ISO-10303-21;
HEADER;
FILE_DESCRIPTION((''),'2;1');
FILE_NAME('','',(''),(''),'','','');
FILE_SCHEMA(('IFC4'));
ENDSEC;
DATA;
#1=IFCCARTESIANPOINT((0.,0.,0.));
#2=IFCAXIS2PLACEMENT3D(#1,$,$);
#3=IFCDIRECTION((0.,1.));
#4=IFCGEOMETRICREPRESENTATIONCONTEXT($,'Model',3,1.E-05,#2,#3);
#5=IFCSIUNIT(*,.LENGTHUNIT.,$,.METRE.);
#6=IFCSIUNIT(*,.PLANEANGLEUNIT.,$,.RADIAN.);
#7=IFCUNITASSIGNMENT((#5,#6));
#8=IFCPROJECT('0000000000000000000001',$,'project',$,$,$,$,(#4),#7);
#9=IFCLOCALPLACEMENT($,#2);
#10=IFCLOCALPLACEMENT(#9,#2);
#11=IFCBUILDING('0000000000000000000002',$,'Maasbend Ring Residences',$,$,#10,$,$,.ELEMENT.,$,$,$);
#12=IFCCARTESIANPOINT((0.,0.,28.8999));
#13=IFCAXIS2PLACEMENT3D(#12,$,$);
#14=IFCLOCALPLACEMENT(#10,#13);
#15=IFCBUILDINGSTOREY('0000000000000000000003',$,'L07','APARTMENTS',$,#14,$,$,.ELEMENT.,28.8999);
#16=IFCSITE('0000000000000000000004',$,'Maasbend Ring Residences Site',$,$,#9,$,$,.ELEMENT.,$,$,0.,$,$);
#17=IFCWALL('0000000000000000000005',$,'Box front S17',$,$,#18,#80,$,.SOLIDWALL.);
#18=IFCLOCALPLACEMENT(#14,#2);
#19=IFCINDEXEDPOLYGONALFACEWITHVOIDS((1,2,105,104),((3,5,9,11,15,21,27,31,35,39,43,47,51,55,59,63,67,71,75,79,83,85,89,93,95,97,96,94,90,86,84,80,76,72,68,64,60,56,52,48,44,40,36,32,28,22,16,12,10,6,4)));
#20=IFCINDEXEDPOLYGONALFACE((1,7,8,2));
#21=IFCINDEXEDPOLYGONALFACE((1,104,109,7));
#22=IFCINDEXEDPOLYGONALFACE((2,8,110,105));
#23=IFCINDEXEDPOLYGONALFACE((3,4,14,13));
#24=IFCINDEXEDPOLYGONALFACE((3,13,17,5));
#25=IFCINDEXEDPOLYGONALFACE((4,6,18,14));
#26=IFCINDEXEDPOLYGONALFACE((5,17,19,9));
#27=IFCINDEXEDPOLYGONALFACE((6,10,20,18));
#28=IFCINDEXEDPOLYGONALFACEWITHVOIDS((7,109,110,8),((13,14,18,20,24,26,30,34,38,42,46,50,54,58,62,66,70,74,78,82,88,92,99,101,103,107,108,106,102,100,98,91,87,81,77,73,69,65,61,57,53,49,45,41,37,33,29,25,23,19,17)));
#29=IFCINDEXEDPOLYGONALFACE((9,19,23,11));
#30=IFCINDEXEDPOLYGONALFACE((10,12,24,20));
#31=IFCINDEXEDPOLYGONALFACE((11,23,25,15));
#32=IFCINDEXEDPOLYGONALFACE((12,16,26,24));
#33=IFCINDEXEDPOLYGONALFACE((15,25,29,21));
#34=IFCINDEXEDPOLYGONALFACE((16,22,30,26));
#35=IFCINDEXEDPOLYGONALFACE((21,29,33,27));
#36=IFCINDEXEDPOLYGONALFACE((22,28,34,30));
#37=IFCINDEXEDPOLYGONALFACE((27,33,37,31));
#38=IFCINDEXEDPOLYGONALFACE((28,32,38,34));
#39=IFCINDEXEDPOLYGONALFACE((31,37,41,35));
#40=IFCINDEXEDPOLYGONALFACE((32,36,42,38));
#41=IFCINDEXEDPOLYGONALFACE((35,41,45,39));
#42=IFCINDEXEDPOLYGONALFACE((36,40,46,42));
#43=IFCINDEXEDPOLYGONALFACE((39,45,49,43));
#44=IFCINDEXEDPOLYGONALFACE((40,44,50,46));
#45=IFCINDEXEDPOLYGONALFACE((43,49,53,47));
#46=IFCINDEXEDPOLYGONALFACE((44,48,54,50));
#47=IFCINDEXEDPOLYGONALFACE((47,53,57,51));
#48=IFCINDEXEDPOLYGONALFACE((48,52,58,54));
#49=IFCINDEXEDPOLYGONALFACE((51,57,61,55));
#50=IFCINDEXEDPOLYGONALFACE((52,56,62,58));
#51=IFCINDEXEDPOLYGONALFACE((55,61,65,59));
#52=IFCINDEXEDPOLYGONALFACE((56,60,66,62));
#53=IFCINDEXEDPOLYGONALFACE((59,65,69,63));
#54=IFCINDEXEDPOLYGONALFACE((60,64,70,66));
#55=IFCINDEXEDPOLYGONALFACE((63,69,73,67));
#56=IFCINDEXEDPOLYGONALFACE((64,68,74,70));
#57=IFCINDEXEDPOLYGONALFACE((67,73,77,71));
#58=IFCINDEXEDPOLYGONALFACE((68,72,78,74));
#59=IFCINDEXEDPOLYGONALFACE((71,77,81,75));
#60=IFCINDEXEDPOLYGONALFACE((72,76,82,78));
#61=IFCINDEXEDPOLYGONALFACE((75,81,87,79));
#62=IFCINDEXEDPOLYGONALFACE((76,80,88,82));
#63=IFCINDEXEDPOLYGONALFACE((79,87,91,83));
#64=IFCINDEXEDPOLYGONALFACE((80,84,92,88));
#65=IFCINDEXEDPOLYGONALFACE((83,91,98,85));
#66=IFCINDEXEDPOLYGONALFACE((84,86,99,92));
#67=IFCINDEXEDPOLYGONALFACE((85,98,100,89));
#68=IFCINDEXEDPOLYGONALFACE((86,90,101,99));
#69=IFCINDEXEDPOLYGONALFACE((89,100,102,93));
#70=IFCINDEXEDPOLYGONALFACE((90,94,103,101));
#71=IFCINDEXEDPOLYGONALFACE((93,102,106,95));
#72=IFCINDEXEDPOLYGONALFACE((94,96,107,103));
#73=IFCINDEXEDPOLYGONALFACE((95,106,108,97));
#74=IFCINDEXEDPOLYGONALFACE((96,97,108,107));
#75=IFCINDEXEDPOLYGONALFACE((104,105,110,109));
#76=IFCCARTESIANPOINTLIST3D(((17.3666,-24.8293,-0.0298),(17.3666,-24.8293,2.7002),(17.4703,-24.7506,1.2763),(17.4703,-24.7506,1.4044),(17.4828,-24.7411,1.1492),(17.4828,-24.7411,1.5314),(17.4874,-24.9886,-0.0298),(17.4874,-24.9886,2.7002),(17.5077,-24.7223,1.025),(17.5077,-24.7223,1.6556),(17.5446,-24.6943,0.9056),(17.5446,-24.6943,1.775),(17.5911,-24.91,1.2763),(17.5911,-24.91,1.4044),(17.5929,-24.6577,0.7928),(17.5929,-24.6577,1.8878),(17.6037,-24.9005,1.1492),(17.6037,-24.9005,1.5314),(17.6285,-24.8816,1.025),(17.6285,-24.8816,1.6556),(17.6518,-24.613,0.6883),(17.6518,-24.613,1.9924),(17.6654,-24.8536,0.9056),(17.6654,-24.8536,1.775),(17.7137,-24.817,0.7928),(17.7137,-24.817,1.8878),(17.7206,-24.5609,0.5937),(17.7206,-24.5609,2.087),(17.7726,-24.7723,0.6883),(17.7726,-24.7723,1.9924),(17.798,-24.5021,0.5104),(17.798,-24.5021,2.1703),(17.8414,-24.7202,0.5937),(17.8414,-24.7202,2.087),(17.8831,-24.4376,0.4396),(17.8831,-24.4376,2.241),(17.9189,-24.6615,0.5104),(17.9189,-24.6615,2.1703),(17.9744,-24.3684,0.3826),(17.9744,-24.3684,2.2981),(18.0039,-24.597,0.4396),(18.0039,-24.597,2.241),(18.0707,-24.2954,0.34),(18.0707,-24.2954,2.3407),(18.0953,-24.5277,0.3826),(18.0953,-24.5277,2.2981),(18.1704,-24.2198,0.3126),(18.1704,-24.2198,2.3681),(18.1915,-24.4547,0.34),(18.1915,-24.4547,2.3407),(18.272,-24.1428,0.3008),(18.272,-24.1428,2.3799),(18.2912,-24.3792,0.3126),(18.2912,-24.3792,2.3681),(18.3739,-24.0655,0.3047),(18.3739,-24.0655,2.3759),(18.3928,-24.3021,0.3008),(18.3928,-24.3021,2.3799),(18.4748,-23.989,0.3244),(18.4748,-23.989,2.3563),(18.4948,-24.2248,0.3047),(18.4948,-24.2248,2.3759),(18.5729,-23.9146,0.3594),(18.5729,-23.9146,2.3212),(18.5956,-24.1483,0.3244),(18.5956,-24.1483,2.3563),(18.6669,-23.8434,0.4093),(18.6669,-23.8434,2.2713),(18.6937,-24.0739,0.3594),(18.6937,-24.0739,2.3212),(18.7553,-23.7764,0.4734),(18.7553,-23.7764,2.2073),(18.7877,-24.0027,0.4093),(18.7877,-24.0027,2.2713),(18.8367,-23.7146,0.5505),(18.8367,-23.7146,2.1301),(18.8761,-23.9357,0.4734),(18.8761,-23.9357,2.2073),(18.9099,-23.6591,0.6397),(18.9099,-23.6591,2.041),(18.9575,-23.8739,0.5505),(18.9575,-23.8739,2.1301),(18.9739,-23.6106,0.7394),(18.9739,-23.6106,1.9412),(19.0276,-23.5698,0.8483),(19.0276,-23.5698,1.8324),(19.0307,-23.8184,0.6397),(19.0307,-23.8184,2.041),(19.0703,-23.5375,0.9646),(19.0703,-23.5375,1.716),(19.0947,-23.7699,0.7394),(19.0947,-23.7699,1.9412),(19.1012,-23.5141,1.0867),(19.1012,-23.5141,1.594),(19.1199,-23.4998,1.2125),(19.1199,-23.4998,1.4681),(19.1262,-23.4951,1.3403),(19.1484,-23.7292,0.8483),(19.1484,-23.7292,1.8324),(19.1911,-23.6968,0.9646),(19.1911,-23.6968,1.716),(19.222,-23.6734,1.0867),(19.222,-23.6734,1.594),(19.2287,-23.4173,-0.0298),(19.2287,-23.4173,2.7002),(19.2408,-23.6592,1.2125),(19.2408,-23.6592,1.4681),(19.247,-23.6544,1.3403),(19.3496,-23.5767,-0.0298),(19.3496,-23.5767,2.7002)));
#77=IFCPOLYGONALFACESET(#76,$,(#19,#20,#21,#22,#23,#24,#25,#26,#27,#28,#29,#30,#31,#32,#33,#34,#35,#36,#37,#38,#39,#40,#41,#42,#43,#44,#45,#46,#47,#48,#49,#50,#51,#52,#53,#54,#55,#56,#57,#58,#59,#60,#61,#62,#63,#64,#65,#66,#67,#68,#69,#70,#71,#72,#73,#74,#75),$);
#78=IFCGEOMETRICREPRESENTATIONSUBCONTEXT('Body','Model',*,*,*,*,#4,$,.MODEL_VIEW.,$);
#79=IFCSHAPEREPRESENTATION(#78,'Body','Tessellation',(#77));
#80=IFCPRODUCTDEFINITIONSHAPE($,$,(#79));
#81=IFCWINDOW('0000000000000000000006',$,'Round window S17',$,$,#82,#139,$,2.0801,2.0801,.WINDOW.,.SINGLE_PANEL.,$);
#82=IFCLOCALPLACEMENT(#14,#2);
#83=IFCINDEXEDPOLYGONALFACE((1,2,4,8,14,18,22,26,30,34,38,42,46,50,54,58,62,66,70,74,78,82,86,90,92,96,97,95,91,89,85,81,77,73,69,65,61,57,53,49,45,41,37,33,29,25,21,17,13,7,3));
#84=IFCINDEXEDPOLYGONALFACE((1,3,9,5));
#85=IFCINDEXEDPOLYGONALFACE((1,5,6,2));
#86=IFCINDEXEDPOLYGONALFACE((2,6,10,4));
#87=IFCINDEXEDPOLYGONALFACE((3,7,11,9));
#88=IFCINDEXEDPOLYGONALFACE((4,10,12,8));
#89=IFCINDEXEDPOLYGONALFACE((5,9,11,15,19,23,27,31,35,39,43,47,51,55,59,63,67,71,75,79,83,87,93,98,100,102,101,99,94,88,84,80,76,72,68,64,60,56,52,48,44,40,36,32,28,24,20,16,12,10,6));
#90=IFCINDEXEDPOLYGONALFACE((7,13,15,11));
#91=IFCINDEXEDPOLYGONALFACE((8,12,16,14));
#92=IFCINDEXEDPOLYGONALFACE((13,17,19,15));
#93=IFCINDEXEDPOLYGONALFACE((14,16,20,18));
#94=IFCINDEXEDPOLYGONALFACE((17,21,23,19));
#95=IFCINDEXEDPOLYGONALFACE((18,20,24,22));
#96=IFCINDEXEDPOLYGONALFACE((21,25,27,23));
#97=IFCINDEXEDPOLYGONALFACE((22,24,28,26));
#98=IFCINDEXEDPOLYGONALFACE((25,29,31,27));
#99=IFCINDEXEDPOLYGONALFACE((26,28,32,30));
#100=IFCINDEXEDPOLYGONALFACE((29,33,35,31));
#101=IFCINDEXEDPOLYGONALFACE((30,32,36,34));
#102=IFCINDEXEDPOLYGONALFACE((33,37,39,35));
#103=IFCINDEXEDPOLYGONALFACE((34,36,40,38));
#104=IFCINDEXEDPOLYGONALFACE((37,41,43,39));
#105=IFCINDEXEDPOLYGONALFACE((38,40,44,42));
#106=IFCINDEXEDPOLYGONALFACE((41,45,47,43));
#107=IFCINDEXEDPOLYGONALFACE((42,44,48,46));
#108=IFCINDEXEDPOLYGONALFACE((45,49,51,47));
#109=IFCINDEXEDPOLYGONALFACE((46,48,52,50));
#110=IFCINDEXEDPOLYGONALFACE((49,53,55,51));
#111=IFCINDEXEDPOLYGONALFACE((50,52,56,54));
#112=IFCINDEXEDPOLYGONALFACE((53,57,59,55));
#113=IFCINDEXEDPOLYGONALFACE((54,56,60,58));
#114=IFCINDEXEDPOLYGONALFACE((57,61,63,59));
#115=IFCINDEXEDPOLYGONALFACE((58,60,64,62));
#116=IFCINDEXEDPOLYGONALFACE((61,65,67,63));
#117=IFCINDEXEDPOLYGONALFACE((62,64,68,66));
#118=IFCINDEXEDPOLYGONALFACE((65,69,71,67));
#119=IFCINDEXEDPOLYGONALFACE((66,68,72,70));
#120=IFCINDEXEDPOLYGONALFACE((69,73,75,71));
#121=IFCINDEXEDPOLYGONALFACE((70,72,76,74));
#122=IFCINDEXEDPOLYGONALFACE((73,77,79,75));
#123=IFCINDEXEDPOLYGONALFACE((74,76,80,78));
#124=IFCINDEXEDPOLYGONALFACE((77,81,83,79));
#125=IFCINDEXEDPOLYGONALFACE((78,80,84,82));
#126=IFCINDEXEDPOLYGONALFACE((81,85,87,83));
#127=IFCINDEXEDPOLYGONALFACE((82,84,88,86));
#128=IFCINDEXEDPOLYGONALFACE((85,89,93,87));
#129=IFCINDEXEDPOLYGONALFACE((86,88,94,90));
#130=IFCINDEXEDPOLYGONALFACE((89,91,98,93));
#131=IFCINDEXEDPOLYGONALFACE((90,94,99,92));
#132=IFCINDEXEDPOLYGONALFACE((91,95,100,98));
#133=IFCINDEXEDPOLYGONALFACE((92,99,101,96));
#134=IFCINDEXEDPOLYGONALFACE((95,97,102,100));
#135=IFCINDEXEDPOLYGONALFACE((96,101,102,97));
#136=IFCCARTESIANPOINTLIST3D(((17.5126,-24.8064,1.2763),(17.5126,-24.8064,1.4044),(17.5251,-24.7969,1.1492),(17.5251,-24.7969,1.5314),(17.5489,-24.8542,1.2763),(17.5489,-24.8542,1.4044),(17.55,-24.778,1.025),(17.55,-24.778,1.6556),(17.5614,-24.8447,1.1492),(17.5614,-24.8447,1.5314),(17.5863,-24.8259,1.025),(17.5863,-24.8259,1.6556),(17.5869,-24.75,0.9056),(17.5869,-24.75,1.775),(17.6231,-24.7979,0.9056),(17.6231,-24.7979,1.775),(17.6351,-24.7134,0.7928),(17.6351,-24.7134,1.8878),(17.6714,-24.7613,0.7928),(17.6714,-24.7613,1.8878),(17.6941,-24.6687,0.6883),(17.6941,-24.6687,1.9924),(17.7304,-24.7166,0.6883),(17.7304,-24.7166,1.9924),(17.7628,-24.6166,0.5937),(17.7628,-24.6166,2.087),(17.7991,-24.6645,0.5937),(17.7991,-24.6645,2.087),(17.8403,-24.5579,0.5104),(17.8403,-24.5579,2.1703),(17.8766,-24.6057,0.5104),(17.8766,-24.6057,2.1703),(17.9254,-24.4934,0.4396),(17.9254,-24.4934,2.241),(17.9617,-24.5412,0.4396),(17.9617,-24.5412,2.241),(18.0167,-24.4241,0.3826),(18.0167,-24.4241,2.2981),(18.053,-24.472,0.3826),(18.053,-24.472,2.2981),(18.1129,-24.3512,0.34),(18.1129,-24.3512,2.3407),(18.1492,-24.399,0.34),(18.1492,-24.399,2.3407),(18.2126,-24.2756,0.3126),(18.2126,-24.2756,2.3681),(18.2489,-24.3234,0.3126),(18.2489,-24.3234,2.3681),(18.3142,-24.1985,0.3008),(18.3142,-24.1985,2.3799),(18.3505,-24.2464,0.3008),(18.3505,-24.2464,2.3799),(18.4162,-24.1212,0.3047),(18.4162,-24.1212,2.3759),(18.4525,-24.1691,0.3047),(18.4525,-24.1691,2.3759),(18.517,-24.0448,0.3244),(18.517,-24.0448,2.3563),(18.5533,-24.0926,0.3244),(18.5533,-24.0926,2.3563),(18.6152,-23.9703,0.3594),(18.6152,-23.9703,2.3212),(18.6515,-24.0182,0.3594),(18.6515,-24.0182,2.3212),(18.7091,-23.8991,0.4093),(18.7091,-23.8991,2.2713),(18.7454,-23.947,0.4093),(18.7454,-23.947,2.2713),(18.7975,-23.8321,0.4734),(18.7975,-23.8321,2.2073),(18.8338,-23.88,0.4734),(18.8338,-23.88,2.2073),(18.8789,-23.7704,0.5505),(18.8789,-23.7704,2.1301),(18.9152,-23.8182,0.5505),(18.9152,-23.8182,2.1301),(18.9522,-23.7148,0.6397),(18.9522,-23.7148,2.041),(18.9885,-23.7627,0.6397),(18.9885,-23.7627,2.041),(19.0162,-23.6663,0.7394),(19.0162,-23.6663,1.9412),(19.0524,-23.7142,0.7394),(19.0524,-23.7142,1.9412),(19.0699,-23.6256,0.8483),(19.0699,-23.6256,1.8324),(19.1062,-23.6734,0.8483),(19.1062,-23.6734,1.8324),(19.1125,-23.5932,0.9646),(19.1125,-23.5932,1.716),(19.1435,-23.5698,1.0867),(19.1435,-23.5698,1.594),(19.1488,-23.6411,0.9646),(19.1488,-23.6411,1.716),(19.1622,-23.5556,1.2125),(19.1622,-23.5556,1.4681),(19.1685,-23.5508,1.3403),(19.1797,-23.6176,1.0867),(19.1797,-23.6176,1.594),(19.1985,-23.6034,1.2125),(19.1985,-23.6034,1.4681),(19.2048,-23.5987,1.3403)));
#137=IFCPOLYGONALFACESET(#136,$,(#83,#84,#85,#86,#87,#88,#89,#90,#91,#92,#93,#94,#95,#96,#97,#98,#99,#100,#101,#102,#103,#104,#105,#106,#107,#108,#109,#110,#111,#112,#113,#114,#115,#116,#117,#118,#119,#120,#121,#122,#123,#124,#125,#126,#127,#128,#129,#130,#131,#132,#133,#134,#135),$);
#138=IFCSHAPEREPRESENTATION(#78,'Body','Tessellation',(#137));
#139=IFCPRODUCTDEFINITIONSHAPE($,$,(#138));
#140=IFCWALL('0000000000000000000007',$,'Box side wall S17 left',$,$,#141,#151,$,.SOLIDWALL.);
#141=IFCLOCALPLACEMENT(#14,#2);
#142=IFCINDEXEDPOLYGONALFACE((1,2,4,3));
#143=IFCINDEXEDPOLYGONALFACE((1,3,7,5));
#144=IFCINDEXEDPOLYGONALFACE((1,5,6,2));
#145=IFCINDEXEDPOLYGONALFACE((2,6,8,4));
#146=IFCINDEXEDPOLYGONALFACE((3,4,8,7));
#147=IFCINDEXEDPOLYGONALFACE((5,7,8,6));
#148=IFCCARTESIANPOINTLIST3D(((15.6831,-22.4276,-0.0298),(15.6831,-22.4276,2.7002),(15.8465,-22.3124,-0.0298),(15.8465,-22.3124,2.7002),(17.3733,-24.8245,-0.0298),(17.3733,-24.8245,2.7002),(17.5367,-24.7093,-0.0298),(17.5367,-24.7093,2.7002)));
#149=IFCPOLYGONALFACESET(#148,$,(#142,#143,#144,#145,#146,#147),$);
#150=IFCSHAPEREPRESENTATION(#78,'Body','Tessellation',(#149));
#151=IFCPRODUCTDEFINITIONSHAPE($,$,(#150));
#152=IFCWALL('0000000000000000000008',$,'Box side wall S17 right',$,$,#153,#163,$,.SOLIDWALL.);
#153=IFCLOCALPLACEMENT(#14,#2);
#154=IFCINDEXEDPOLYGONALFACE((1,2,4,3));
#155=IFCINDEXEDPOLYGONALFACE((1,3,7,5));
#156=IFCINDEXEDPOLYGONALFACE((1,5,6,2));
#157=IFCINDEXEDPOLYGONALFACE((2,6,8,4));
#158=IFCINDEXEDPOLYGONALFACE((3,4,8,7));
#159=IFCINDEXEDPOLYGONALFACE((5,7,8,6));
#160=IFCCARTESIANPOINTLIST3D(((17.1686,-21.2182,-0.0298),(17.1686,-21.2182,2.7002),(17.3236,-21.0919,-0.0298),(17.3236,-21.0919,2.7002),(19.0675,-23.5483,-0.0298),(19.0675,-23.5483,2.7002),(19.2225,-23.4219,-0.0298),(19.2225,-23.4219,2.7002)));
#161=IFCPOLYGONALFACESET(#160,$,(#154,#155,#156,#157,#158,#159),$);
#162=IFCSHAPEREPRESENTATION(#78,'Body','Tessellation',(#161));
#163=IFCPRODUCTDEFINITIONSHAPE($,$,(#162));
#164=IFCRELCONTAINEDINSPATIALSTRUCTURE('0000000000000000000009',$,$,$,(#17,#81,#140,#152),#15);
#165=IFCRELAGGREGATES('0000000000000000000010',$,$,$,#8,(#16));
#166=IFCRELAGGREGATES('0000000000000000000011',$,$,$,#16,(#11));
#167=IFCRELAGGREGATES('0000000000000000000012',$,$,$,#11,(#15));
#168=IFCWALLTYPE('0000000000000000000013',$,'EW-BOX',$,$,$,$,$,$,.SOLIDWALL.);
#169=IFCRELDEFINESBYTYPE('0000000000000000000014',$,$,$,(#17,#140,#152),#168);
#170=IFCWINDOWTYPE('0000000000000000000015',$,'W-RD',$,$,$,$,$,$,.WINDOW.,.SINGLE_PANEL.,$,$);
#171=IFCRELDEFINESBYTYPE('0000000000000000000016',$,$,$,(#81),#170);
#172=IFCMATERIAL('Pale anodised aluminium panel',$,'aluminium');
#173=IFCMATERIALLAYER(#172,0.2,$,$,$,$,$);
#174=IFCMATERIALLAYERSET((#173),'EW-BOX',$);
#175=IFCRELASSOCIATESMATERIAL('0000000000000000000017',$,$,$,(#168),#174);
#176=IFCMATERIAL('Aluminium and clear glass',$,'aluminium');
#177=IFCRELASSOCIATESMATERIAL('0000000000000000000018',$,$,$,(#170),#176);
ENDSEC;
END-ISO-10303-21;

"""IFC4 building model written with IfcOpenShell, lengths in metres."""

from ifc_helpers import new_model, si_unit, direction, frame, frame_2d, origin, place, context, subcontext, project, spatial, rectangle, circle, extrude, material, layer, layer_set, type_object, element, fill, save


model = new_model("IFC4")

# Units and contexts
model_context = context("Model", 3, precision=1e-05, world=origin(), true_north=direction((0.0, 1.0)))
body_context = subcontext(model_context, "Body", "Model", "MODEL_VIEW")
ifc_project = project(units=[si_unit("LENGTHUNIT", "METRE"), si_unit("PLANEANGLEUNIT", "RADIAN")], contexts=[model_context])

# Site, building, storey
site_placement = place(None, origin())
site = spatial("IfcSite", under=ifc_project, at=site_placement, Name="Maasbend Ring Residences Site", CompositionType="ELEMENT", RefElevation=0.0)
building_placement = place(site_placement, origin())
building = spatial("IfcBuilding", under=site, at=building_placement, Name="Maasbend Ring Residences", CompositionType="ELEMENT")
storey_placement = place(building_placement, frame((0.0, 0.0, 28.8999)))
storey = spatial("IfcBuildingStorey", under=building, at=storey_placement, Name="L07", Description="APARTMENTS", CompositionType="ELEMENT", Elevation=28.8999)

# Shared definitions
ifc_material_1 = material(Name="Pale anodised aluminium panel", Category="aluminium")
ifc_layer_1 = layer(ifc_material_1, 0.2)
ifc_layer_set_1 = layer_set([ifc_layer_1], Name="EW-BOX")
wall_type_1 = type_object("IfcWallType", Name="EW-BOX", PredefinedType="SOLIDWALL", material=ifc_layer_set_1)
ifc_material_2 = material(Name="Aluminium and clear glass", Category="aluminium")
window_type_1 = type_object("IfcWindowType", Name="W-RD", PartitioningType="SINGLE_PANEL", PredefinedType="WINDOW", material=ifc_material_2)

# Wall, opening, window
wall_1_placement = place(storey_placement, frame((17.427, -24.9089, -0.0298), z_axis=(0.0, 0.0, 1.0), x_axis=(0.796842, 0.604188, 0.0)))
wall_1 = element("IfcWall", 1, at=wall_1_placement, inside=storey, type_object=wall_type_1, Name="Box front S17", PredefinedType="SOLIDWALL", context=body_context, shape_type="SweptSolid", body=[
    extrude(rectangle(XDim=2.3369, YDim=0.2, at=frame_2d((1.1685, 0.0))), origin(), (0.0, 0.0, 1.0), 2.73),
])
opening_1_placement = place(wall_1_placement, frame((0.1282, 0.0, 0.3301)))
opening_1 = element("IfcOpeningElement", 2, at=opening_1_placement, cuts=wall_1, PredefinedType="OPENING", context=body_context, shape_type="SweptSolid", body=[
    extrude(circle(Radius=1.04, at=frame_2d((1.04, 1.04))), frame((0.0, 0.1099, 0.0), z_axis=(0.0, -1.0, 0.0), x_axis=(1.0, 0.0, 0.0)), (0.0, 0.0, 1.0), 0.22),
])
window_1_placement = place(opening_1_placement, origin())
window_1 = element("IfcWindow", 3, at=window_1_placement, inside=storey, type_object=window_type_1, Name="Round window S17", OverallHeight=2.0801, OverallWidth=2.0801, PartitioningType="SINGLE_PANEL", PredefinedType="WINDOW", context=body_context, shape_type="SweptSolid", body=[
    extrude(circle(Radius=1.04, at=frame_2d((1.04, 1.04))), frame((0.0, 0.03, 0.0), z_axis=(0.0, -1.0, 0.0), x_axis=(1.0, 0.0, 0.0)), (0.0, 0.0, 1.0), 0.0601),
])
fill(opening_1, window_1)

# Walls
wall_2_placement = place(storey_placement, frame((15.7649, -22.3701, -0.0298), z_axis=(0.0, 0.0, 1.0), x_axis=(0.576275, -0.817256, 0.0)))
element("IfcWall", 4, at=wall_2_placement, inside=storey, type_object=wall_type_1, Name="Box side wall S17 left", PredefinedType="SOLIDWALL", context=body_context, shape_type="SweptSolid", body=[
    extrude(rectangle(XDim=2.9329, YDim=0.2, at=frame_2d((1.4663, 0.0))), origin(), (0.0, 0.0, 1.0), 2.73),
])
wall_3_placement = place(storey_placement, frame((17.2461, -21.155, -0.0298), z_axis=(0.0, 0.0, 1.0), x_axis=(0.631742, -0.775179, 0.0)))
element("IfcWall", 5, at=wall_3_placement, inside=storey, type_object=wall_type_1, Name="Box side wall S17 right", PredefinedType="SOLIDWALL", context=body_context, shape_type="SweptSolid", body=[
    extrude(rectangle(XDim=3.0059, YDim=0.2, at=frame_2d((1.5029, 0.0))), origin(), (0.0, 0.0, 1.0), 2.73),
])

save(model, "model.ifc")
